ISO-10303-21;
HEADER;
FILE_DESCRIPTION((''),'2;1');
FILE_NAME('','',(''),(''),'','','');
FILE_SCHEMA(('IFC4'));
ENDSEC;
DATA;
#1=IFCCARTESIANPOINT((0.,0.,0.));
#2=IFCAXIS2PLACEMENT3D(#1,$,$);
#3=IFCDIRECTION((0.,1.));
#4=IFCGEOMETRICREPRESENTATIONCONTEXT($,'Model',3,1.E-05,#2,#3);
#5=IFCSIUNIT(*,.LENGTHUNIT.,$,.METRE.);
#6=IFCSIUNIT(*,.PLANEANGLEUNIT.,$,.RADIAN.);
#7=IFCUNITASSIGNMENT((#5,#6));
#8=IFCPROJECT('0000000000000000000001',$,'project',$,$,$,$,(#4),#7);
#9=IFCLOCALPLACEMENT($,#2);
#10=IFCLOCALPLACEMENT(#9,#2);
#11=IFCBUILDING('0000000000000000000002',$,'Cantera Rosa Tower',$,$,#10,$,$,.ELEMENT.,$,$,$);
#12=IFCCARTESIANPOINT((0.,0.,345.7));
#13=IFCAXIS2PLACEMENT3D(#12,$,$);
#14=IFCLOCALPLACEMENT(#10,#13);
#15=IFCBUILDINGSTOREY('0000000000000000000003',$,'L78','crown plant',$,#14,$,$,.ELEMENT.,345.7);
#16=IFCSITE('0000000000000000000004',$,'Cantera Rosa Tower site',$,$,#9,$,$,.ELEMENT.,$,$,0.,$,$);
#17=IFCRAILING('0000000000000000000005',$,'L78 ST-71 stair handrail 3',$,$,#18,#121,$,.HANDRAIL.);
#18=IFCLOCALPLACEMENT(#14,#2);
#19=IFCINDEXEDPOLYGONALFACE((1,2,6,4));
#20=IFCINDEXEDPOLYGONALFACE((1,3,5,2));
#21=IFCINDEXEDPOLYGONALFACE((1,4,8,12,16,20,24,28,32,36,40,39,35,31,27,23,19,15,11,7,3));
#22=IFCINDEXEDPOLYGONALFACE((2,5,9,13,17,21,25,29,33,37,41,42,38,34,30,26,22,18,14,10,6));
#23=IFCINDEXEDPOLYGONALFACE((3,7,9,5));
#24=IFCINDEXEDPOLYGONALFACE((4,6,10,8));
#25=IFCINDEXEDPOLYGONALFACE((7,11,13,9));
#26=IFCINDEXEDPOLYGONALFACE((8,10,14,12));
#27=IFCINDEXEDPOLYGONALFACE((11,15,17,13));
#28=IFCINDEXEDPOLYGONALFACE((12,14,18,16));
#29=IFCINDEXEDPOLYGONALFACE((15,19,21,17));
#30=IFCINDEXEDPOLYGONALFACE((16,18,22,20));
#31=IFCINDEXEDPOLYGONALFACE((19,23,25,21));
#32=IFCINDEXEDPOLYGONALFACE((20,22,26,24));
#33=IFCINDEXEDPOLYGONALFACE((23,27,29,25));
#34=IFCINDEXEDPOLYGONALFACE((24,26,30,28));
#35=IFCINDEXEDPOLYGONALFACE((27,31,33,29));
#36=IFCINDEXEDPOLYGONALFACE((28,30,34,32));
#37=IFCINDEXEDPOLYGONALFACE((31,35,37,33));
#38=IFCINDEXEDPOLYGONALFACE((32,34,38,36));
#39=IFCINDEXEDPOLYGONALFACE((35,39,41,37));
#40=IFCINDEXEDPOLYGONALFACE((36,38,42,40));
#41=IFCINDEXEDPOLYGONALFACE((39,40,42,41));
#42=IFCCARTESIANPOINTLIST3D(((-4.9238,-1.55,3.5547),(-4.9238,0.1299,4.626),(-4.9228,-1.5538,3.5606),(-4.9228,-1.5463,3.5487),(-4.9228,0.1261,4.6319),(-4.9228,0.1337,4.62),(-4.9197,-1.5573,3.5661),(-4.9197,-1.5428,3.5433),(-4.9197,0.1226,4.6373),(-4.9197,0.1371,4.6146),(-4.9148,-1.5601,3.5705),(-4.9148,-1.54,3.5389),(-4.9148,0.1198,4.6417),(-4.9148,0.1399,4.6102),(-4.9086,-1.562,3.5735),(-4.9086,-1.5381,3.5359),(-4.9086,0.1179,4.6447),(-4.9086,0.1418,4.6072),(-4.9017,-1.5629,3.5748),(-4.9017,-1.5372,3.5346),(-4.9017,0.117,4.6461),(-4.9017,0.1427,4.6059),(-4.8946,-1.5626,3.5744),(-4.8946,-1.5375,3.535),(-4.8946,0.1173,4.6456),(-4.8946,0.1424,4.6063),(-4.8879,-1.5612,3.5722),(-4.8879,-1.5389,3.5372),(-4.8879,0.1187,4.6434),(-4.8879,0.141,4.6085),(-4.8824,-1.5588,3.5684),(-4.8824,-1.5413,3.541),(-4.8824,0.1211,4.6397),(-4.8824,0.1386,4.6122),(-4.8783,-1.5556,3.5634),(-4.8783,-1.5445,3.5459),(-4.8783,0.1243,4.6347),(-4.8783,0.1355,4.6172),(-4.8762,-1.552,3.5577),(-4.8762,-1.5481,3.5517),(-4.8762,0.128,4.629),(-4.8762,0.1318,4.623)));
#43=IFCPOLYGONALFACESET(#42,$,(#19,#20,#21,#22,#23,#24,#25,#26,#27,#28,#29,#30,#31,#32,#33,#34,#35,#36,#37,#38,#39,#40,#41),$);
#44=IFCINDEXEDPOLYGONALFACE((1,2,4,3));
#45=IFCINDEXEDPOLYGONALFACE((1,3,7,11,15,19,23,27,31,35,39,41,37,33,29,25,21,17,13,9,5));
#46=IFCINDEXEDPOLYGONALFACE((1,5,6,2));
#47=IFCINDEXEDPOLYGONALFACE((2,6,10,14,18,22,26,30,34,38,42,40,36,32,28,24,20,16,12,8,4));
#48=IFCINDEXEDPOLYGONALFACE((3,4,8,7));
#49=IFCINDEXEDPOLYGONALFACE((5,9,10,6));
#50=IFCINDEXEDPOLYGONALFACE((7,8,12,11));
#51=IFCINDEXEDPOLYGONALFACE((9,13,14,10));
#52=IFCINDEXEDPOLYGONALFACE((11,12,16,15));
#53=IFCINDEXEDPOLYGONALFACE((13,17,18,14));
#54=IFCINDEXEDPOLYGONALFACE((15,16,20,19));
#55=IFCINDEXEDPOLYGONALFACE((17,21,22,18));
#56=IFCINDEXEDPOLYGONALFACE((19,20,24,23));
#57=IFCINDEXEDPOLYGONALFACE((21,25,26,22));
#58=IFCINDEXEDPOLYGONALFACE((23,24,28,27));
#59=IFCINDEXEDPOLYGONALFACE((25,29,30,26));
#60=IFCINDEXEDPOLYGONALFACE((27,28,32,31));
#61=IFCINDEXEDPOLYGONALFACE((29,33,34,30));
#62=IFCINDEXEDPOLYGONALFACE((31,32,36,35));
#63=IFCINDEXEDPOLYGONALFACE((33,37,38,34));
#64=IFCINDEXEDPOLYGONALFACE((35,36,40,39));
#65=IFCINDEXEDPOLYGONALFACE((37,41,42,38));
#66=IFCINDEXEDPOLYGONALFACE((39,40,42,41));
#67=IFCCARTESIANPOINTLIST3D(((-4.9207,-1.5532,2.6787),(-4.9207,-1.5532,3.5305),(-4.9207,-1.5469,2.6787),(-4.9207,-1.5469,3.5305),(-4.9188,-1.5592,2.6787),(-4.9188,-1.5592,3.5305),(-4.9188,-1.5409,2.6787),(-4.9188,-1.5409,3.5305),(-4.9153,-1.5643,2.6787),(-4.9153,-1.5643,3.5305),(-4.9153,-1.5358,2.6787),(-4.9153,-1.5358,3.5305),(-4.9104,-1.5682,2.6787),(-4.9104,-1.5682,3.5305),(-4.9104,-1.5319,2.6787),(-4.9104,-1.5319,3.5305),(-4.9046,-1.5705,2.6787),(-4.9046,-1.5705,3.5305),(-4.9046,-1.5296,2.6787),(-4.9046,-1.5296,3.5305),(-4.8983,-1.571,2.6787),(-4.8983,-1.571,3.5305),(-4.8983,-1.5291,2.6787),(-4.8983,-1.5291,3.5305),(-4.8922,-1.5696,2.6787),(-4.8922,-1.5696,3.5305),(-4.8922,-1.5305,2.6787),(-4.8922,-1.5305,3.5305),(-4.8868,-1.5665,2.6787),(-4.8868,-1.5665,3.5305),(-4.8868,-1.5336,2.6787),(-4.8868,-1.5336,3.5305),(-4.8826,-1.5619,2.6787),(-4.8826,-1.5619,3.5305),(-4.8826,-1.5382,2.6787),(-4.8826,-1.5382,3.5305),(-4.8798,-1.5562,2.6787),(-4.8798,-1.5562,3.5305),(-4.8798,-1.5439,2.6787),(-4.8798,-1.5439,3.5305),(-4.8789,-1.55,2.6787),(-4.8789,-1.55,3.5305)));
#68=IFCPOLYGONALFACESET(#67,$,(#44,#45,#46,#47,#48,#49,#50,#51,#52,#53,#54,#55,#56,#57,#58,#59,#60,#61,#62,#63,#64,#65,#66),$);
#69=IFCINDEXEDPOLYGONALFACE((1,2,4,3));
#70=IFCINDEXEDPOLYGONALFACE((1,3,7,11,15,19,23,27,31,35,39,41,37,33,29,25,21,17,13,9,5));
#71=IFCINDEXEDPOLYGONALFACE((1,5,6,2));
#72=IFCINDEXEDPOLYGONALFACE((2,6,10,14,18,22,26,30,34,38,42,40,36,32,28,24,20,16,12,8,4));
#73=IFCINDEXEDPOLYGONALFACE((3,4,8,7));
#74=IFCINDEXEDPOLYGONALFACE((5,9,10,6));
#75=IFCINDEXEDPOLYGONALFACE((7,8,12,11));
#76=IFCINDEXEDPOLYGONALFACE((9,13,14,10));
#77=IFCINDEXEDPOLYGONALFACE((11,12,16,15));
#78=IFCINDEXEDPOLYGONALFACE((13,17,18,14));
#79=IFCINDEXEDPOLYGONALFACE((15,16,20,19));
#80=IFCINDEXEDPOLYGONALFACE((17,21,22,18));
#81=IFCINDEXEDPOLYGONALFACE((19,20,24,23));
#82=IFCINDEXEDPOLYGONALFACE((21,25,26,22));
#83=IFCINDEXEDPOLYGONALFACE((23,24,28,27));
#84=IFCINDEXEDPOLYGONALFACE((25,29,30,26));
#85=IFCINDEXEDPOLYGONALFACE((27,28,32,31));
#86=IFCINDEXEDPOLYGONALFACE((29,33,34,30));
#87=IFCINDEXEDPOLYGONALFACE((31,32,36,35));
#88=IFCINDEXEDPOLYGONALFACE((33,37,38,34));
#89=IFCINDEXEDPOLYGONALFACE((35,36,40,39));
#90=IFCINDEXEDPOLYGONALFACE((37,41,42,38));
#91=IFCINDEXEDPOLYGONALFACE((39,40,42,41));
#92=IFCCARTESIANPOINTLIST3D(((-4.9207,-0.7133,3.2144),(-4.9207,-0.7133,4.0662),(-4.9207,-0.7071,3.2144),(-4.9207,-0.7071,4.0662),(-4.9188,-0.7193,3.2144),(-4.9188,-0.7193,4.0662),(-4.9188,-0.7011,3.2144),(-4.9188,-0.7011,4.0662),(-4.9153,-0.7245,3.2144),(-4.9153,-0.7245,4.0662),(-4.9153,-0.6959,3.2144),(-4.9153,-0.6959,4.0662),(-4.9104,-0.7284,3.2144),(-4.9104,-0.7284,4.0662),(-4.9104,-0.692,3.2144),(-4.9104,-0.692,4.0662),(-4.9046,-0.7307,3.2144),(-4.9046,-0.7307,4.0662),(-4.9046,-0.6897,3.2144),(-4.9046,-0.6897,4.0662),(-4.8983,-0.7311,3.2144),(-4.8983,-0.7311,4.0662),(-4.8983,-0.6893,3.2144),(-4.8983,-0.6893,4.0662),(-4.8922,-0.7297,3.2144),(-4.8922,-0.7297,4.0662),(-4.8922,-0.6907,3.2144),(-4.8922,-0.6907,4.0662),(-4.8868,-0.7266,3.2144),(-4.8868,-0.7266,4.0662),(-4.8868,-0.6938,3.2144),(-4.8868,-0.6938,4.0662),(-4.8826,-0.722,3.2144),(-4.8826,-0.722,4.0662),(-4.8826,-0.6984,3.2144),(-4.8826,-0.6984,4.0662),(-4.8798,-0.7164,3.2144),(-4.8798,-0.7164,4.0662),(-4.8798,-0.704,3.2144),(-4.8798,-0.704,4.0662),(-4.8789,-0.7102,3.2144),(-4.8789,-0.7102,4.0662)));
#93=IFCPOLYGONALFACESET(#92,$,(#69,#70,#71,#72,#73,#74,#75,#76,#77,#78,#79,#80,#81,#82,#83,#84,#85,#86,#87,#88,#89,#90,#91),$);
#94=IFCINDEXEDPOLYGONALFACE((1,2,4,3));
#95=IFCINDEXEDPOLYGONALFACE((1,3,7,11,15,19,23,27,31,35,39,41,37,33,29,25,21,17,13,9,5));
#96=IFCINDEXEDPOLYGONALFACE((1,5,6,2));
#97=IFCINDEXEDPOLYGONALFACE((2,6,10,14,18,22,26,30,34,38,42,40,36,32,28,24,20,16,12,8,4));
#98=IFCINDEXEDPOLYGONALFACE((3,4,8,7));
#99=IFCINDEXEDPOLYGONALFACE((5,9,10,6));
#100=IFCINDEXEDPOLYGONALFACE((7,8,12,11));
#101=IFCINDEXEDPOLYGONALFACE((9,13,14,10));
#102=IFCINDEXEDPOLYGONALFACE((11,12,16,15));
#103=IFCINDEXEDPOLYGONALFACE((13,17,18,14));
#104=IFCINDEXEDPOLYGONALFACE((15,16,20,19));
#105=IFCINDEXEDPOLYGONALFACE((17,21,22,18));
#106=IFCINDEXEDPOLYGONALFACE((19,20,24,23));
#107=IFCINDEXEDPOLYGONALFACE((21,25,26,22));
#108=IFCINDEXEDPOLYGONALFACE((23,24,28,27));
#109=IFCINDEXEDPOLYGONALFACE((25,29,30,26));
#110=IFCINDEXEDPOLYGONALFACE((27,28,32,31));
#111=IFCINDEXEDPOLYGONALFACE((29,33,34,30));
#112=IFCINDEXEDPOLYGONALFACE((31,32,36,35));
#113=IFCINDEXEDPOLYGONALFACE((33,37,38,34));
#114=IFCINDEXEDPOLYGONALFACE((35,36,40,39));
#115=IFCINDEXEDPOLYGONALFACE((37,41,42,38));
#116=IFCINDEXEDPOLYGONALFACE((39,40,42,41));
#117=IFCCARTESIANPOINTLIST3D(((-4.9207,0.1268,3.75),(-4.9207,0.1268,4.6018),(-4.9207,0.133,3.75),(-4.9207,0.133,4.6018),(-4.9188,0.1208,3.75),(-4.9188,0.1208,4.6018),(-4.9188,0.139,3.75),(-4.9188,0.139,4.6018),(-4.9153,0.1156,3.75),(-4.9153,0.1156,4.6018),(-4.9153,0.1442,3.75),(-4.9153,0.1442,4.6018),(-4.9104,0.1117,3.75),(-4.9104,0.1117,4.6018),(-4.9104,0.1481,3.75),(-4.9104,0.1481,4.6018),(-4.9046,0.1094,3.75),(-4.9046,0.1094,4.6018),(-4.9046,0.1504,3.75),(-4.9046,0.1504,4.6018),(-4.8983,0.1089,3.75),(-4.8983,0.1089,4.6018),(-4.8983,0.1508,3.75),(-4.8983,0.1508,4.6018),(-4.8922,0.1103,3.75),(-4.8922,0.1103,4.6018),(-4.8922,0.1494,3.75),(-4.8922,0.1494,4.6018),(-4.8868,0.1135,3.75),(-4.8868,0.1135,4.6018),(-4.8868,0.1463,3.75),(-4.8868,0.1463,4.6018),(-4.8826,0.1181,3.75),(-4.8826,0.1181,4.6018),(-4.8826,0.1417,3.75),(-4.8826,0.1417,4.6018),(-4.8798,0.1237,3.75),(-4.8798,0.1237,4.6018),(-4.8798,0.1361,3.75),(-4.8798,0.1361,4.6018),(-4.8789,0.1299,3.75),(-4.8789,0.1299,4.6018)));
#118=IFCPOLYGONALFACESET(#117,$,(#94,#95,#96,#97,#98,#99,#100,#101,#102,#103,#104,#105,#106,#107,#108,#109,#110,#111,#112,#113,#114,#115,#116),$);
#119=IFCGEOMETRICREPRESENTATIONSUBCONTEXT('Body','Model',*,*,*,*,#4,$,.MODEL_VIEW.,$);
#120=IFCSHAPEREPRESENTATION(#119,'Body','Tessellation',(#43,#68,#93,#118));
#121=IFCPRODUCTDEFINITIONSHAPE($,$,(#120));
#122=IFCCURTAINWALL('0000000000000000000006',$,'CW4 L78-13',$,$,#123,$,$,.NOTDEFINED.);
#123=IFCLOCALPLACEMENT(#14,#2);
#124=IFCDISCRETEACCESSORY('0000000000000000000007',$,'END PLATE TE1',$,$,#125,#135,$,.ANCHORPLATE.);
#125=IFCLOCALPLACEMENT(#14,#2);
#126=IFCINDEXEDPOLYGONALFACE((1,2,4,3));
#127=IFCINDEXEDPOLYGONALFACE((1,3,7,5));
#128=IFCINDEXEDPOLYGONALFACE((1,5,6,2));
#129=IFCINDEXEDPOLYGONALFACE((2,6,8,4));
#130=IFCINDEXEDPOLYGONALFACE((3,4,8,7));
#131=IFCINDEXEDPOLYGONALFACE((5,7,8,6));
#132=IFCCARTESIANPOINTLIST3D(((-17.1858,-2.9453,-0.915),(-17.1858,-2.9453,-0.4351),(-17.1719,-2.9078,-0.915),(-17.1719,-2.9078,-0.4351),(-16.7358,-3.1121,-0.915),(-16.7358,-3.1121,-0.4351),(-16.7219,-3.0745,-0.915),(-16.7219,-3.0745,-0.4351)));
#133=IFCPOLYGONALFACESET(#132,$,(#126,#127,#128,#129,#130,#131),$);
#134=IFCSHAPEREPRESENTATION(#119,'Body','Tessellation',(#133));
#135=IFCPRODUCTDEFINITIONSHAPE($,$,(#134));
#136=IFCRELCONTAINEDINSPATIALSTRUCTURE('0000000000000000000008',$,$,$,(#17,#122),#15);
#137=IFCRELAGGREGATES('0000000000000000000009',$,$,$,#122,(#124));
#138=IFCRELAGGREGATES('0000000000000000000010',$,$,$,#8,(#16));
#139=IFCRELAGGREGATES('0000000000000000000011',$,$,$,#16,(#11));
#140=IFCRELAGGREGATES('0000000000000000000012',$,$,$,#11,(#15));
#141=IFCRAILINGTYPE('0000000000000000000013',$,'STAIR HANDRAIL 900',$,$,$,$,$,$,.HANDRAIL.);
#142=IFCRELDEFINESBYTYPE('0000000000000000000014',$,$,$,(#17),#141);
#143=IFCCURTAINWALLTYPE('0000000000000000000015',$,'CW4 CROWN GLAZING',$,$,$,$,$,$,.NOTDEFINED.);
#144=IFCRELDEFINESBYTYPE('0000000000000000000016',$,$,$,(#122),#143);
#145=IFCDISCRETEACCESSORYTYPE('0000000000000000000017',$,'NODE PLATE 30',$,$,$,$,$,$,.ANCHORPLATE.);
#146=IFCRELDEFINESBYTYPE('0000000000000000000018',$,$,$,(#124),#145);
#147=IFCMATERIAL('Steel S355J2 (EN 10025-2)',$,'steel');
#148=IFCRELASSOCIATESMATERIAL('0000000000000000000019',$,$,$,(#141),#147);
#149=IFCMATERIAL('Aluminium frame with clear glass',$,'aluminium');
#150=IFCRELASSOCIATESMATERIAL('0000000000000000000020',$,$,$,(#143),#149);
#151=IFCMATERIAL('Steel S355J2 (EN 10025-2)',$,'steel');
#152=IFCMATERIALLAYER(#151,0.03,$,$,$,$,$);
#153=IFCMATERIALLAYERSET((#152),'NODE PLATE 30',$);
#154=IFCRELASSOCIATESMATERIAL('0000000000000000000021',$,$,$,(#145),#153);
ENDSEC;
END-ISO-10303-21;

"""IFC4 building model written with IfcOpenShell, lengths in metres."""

from ifc_helpers import new_model, si_unit, direction, frame, origin, origin_2d, place, context, subcontext, project, spatial, polyline, circle, outline, extrude, material, layer, layer_set, type_object, element, aggregate, save


model = new_model("IFC4")

# Units and contexts
model_context = context("Model", 3, precision=1e-05, world=origin(), true_north=direction((0.0, 1.0)))
body_context = subcontext(model_context, "Body", "Model", "MODEL_VIEW")
ifc_project = project(units=[si_unit("LENGTHUNIT", "METRE"), si_unit("PLANEANGLEUNIT", "RADIAN")], contexts=[model_context])

# Site, building, storey
site_placement = place(None, origin())
site = spatial("IfcSite", under=ifc_project, at=site_placement, Name="Cantera Rosa Tower site", CompositionType="ELEMENT", RefElevation=0.0)
building_placement = place(site_placement, origin())
building = spatial("IfcBuilding", under=site, at=building_placement, Name="Cantera Rosa Tower", CompositionType="ELEMENT")
storey_placement = place(building_placement, frame((0.0, 0.0, 345.7)))
storey = spatial("IfcBuildingStorey", under=building, at=storey_placement, Name="L78", Description="crown plant", CompositionType="ELEMENT", Elevation=345.7)

# Railing
ifc_material_1 = material(Name="Steel S355J2 (EN 10025-2)", Category="steel")
railing_type_1 = type_object("IfcRailingType", Name="STAIR HANDRAIL 900", PredefinedType="HANDRAIL", material=ifc_material_1)
for number, where, name in (
    (1, (-4.8999, -1.55, 2.6787), "L78 ST-71 stair handrail 3"),
):
    element("IfcRailing", number, at=place(storey_placement, frame(where)), inside=storey, type_object=railing_type_1, Name=name, PredefinedType="HANDRAIL", context=body_context, shape_type="SweptSolid", body=[
        extrude(circle(Radius=0.0239, at=origin_2d()), frame((0.0, 0.0, 0.876), z_axis=(0.0, 0.843152, 0.537676), x_axis=(-1.0, 0.0, 0.0)), (0.0, 0.0, 1.0), 1.9924),
        extrude(circle(Radius=0.021, at=origin_2d()), origin(), (0.0, 0.0, 1.0), 0.8518),
        extrude(circle(Radius=0.021, at=origin_2d()), frame((0.0, 0.8398, 0.5356)), (0.0, 0.0, 1.0), 0.8518),
        extrude(circle(Radius=0.021, at=origin_2d()), frame((0.0, 1.6799, 1.0713)), (0.0, 0.0, 1.0), 0.8518),
    ])

# Curtain wall, discrete accessory
ifc_material_2 = material(Name="Aluminium frame with clear glass", Category="aluminium")
curtain_wall_type = type_object("IfcCurtainWallType", Name="CW4 CROWN GLAZING", PredefinedType="NOTDEFINED", material=ifc_material_2)
curtain_wall_placement = place(storey_placement, origin())
curtain_wall = element("IfcCurtainWall", 2, at=curtain_wall_placement, inside=storey, type_object=curtain_wall_type, Name="CW4 L78-13", PredefinedType="NOTDEFINED")
ifc_material_3 = material(Name="Steel S355J2 (EN 10025-2)", Category="steel")
ifc_layer_1 = layer(ifc_material_3, 0.03)
ifc_layer_set_1 = layer_set([ifc_layer_1], Name="NODE PLATE 30")
discrete_accessory_type = type_object("IfcDiscreteAccessoryType", Name="NODE PLATE 30", PredefinedType="ANCHORPLATE", material=ifc_layer_set_1)
discrete_accessory_placement = place(storey_placement, frame((-16.7358, -3.1121, -0.4351), z_axis=(-0.347497, -0.937681, 0.0), x_axis=(-0.937681, 0.347497, 0.0)))
discrete_accessory = element("IfcDiscreteAccessory", 3, at=discrete_accessory_placement, type_object=discrete_accessory_type, Name="END PLATE TE1", PredefinedType="ANCHORPLATE", context=body_context, shape_type="SweptSolid", body=[
    extrude(outline(polyline([(0.0, 0.0), (0.4799, 0.0), (0.4799, 0.48), (0.0, 0.48), (0.0, 0.0)])), origin(), (0.0, 0.0, -1.0), 0.04),
])
aggregate(curtain_wall, [discrete_accessory])

save(model, "model.ifc")
